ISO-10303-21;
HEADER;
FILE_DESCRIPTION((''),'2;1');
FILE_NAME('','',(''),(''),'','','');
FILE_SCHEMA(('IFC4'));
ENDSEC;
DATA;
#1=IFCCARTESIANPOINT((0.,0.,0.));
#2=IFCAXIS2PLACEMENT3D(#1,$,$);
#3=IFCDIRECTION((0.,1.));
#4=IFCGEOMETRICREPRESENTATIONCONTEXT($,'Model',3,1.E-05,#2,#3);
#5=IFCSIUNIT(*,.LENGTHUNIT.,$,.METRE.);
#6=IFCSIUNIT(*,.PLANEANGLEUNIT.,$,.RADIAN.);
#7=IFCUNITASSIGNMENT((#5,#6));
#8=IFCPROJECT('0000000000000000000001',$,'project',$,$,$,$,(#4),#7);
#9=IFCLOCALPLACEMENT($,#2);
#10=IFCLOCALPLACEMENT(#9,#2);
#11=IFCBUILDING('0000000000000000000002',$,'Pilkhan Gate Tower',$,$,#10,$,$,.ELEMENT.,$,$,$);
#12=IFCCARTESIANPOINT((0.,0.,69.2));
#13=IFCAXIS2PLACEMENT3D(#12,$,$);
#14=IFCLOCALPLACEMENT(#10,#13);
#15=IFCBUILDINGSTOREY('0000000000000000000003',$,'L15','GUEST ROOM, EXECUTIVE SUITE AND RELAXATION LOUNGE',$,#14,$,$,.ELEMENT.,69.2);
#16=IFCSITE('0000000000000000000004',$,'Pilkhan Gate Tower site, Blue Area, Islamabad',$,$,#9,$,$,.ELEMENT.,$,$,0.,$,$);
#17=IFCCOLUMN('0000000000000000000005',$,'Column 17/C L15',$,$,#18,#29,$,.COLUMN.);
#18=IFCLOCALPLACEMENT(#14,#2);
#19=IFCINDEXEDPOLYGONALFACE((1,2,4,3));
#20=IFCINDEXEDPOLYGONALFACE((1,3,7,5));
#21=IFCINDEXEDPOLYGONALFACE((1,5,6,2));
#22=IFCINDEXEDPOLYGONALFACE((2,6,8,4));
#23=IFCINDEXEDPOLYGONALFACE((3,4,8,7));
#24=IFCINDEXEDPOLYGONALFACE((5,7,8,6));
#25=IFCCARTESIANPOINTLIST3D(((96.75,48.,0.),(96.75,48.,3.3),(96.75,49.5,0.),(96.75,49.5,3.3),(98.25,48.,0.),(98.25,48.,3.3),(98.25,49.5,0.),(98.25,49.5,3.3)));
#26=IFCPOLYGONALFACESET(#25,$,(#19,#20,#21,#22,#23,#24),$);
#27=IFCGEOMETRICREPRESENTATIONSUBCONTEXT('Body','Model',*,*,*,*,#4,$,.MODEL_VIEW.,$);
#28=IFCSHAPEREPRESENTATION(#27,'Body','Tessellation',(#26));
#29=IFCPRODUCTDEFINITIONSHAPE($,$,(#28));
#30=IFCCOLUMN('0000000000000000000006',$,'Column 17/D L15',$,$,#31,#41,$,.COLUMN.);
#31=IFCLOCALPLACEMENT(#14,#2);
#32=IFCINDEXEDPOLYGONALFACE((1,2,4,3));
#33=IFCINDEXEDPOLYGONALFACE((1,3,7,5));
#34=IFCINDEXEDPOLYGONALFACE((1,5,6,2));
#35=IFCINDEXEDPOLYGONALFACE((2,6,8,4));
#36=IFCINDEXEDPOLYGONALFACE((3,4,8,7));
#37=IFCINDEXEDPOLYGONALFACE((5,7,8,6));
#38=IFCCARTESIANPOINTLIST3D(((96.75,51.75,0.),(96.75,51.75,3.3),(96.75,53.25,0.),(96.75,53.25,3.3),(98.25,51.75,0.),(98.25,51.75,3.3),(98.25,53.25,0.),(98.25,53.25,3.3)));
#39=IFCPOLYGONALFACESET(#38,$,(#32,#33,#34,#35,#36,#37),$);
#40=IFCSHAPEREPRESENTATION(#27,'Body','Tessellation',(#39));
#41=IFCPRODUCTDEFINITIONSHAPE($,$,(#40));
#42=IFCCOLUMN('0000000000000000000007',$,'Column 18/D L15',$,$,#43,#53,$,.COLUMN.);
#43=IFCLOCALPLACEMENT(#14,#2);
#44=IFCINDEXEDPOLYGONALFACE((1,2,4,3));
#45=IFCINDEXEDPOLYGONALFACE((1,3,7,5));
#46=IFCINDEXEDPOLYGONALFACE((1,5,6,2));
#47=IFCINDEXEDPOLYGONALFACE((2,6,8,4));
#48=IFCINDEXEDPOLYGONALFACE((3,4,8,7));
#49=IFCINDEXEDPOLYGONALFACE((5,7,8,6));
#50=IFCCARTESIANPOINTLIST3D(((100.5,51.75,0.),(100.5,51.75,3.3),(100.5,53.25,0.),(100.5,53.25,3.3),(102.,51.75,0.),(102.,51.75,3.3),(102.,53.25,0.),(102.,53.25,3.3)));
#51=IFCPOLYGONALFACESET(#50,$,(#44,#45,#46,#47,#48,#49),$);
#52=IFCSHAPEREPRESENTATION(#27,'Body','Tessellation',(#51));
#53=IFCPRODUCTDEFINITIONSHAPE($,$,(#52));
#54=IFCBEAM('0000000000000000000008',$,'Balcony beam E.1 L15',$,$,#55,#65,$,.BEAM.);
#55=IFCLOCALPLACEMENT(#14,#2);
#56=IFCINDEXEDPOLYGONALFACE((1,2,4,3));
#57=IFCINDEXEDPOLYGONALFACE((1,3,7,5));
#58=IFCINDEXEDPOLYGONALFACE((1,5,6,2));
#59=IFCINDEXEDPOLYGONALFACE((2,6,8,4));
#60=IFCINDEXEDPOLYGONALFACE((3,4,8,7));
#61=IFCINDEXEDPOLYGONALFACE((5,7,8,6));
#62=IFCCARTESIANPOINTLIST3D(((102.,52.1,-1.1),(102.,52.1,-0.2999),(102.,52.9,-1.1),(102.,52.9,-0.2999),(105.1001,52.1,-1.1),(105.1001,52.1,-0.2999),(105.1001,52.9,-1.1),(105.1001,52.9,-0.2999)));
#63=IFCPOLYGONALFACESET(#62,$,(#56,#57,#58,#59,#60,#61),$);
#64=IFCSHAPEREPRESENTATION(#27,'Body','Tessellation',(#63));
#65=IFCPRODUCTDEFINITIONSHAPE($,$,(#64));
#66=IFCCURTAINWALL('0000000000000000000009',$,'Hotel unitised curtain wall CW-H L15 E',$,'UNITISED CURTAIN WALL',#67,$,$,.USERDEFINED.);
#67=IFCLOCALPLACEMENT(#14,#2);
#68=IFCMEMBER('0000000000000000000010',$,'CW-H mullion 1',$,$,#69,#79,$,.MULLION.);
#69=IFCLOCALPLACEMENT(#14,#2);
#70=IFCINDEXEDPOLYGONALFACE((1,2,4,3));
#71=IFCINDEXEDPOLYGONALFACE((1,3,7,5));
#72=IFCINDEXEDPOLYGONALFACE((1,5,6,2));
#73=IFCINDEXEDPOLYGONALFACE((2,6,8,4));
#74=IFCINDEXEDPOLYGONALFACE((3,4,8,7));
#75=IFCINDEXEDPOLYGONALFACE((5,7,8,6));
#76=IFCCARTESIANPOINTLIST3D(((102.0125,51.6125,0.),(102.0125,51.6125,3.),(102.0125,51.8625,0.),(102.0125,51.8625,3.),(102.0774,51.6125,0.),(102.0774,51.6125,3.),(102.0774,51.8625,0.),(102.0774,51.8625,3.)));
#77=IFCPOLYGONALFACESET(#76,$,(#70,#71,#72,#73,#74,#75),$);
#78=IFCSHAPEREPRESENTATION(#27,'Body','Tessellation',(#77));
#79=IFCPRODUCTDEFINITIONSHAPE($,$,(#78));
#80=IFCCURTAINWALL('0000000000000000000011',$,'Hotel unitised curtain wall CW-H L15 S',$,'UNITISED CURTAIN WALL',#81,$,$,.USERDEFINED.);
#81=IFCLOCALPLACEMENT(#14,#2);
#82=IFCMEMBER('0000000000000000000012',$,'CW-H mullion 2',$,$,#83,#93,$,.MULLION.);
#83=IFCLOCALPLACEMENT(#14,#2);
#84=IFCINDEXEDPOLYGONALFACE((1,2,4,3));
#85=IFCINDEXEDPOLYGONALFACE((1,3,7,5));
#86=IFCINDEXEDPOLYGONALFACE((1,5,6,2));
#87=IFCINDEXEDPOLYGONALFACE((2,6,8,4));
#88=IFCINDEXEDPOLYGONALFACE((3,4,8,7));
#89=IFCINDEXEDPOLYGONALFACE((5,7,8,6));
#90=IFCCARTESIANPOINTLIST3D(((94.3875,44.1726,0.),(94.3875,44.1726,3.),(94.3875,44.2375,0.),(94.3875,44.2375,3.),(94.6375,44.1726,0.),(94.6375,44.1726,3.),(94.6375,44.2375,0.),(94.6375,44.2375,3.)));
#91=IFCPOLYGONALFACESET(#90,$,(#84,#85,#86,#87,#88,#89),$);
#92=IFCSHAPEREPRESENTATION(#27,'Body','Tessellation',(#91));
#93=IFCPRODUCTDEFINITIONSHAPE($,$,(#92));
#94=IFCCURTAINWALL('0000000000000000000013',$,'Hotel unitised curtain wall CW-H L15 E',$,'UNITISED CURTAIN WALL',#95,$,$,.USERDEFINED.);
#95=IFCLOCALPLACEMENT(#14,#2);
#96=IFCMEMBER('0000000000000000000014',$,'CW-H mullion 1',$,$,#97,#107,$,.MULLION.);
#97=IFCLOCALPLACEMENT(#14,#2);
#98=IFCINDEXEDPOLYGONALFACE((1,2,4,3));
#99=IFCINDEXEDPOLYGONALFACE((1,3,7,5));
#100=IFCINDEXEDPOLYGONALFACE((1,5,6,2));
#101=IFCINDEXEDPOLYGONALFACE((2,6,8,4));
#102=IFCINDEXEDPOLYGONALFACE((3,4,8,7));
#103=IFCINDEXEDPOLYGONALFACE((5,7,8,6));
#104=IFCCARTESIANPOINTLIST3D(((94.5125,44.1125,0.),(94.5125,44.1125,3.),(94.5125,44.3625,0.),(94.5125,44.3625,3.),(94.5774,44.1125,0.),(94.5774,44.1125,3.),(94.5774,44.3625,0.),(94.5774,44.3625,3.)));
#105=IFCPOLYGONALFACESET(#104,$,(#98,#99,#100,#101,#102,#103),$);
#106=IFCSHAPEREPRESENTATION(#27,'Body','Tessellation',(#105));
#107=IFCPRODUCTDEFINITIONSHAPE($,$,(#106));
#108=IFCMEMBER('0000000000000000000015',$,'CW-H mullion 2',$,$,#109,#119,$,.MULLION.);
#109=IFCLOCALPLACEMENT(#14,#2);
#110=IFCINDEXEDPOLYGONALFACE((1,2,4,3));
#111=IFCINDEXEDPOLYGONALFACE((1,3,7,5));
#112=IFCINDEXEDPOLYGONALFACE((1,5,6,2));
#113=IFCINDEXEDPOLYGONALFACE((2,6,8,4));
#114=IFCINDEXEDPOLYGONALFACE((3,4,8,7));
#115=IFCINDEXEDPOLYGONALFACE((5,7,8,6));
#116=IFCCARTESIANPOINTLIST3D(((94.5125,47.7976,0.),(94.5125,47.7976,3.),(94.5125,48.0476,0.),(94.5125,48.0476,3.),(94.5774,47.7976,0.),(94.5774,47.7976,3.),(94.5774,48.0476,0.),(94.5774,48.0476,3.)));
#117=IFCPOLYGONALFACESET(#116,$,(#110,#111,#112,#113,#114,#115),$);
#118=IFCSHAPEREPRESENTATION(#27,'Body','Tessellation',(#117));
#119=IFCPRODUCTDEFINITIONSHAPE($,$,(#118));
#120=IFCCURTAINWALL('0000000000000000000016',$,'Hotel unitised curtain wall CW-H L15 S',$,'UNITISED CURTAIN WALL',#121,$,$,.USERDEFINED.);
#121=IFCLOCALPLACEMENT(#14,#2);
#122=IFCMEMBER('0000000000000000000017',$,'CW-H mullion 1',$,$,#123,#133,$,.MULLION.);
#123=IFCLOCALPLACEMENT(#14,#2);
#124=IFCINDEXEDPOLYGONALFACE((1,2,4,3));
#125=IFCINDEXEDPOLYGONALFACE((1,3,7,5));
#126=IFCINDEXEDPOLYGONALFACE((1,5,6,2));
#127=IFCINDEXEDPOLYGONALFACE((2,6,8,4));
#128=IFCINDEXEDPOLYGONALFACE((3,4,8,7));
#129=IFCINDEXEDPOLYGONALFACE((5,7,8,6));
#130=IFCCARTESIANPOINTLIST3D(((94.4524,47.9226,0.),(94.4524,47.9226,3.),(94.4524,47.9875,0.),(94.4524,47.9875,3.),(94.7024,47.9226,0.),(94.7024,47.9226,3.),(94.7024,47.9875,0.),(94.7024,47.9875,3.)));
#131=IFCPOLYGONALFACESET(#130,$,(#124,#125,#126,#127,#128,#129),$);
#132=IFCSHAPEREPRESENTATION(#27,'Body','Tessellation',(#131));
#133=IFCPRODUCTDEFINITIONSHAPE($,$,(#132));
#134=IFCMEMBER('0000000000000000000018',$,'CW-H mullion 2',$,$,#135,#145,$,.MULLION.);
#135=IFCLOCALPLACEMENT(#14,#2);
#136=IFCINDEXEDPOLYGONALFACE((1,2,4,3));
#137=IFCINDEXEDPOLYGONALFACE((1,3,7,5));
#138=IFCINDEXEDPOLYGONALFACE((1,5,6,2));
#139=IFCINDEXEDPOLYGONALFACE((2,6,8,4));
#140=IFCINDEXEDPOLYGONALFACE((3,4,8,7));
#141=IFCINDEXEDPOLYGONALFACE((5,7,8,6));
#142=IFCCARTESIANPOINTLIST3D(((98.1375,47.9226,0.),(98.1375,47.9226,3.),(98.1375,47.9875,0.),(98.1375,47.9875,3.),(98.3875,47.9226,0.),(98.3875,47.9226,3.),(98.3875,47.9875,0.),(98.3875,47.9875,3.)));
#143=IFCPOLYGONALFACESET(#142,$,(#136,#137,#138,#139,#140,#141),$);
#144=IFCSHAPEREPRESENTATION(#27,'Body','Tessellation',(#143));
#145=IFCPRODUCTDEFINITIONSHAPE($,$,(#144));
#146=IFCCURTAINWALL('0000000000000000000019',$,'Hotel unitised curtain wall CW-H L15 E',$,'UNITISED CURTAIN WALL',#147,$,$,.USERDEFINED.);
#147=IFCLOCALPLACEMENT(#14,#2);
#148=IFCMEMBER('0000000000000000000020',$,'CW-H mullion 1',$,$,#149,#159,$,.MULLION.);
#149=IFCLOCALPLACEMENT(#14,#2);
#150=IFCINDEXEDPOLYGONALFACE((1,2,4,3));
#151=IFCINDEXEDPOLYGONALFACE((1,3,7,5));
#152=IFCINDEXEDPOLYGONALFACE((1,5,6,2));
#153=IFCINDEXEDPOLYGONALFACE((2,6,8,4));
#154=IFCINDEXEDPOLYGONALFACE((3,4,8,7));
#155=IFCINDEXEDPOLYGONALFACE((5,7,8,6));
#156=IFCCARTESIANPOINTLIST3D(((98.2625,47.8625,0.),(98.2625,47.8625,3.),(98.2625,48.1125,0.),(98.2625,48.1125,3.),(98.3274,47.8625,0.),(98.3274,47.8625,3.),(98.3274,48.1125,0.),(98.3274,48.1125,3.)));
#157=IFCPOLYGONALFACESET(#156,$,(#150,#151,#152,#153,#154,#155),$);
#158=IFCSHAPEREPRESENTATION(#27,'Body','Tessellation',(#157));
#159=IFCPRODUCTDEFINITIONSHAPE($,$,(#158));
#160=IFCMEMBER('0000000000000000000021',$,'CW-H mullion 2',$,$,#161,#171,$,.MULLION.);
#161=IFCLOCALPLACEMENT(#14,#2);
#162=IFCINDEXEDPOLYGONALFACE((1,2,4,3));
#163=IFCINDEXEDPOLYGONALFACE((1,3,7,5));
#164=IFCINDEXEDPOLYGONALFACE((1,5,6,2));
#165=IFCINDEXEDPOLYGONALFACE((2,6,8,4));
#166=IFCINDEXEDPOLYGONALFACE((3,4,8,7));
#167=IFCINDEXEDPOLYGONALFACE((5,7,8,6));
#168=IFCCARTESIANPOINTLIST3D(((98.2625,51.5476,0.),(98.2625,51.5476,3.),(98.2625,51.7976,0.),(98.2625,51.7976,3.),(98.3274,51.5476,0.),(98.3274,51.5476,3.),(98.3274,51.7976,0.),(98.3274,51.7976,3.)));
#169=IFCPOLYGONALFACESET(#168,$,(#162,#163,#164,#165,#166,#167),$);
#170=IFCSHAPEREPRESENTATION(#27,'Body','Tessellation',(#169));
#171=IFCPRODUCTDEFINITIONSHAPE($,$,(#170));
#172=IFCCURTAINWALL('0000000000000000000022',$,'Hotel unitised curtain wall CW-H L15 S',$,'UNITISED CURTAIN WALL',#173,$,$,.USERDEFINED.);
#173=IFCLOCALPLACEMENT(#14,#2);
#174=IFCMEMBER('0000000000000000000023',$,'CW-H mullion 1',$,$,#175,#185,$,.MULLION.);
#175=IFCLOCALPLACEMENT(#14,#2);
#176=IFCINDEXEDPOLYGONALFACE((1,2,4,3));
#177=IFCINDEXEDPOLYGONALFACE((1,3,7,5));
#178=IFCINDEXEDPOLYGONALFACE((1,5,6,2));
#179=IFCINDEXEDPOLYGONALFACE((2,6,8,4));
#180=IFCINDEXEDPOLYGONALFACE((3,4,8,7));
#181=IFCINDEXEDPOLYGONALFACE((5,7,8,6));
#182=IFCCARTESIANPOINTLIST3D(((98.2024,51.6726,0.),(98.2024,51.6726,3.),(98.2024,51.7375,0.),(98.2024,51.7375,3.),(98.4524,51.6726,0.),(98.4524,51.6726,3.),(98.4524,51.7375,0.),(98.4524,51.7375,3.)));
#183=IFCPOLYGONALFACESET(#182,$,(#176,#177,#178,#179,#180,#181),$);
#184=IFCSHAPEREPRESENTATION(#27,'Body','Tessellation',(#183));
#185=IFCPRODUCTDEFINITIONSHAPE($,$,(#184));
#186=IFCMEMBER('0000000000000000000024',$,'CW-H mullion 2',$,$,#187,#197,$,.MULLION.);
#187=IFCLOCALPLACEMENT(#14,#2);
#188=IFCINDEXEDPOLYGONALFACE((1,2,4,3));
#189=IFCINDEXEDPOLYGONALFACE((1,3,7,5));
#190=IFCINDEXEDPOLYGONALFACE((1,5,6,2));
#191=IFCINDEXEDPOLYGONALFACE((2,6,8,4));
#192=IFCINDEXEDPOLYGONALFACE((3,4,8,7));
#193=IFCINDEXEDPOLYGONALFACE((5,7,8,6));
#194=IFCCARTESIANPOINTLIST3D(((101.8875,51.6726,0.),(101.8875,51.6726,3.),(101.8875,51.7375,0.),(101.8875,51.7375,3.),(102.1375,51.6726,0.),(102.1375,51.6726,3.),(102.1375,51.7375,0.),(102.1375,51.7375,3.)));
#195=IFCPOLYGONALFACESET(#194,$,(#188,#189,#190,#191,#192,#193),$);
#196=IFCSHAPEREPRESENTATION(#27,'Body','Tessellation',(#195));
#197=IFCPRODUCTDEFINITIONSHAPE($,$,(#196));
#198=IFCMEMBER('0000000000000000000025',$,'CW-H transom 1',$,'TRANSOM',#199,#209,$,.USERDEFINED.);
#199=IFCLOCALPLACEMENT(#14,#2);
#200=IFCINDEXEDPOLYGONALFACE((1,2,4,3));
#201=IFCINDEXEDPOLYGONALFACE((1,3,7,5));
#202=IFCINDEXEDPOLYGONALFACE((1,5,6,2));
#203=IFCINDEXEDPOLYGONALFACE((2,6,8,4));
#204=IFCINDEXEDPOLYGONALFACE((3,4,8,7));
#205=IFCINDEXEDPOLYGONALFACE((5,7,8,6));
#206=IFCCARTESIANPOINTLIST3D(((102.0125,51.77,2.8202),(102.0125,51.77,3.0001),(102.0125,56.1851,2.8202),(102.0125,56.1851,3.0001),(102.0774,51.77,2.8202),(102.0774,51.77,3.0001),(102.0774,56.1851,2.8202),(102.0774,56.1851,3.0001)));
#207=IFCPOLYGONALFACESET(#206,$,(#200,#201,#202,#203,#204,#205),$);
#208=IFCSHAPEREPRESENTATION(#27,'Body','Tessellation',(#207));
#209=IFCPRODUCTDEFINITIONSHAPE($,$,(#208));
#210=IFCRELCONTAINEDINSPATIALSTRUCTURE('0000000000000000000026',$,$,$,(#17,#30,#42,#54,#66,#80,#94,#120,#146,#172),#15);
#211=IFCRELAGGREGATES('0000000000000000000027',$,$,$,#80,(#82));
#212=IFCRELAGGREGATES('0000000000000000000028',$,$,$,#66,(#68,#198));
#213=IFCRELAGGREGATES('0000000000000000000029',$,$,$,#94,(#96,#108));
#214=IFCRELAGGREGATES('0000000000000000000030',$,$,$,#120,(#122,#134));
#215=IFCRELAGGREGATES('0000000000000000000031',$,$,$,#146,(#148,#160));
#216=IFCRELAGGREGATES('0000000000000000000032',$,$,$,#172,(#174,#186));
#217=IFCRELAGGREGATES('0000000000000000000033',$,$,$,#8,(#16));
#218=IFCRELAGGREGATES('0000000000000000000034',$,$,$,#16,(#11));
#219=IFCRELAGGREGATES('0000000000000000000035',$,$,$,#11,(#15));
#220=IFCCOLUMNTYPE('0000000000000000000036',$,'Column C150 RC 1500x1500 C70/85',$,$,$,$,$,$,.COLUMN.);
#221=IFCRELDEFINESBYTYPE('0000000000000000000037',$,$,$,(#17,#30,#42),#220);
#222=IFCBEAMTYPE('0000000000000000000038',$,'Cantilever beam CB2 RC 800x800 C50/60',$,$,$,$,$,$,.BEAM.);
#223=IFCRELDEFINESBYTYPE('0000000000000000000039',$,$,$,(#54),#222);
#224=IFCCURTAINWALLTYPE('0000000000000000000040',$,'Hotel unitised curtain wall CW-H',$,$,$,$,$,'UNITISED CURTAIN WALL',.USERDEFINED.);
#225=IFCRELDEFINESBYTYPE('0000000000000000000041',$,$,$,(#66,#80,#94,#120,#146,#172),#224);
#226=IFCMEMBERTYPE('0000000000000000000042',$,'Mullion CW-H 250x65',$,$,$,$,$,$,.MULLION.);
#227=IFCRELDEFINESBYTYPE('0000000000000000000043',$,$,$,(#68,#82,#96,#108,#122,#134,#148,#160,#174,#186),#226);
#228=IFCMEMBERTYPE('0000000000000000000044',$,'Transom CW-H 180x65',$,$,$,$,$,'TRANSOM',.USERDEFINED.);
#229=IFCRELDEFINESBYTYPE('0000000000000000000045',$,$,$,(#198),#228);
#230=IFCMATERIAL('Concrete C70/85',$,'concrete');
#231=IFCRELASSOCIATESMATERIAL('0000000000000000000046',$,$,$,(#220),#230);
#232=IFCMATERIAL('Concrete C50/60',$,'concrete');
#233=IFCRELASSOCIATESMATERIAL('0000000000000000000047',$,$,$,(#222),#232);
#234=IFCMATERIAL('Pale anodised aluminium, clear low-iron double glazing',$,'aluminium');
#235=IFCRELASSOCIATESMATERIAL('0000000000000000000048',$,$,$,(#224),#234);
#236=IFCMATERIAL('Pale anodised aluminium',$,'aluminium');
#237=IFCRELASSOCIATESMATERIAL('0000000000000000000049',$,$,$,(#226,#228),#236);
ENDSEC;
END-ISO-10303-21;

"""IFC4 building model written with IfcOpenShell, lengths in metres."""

from ifc_helpers import new_model, si_unit, direction, frame, origin, origin_2d, place, context, subcontext, project, spatial, rectangle, extrude, material, material_profile, profile_set, type_object, element, aggregate, save


model = new_model("IFC4")

# Units and contexts
model_context = context("Model", 3, precision=1e-05, world=origin(), true_north=direction((0.0, 1.0)))
body_context = subcontext(model_context, "Body", "Model", "MODEL_VIEW")
ifc_project = project(units=[si_unit("LENGTHUNIT", "METRE"), si_unit("PLANEANGLEUNIT", "RADIAN")], contexts=[model_context])

# Site, building, storey
site_placement = place(None, origin())
site = spatial("IfcSite", under=ifc_project, at=site_placement, Name="Pilkhan Gate Tower site, Blue Area, Islamabad", CompositionType="ELEMENT", RefElevation=0.0)
building_placement = place(site_placement, origin())
building = spatial("IfcBuilding", under=site, at=building_placement, Name="Pilkhan Gate Tower", CompositionType="ELEMENT")
storey_placement = place(building_placement, frame((0.0, 0.0, 69.2)))
storey = spatial("IfcBuildingStorey", under=building, at=storey_placement, Name="L15", Description="GUEST ROOM, EXECUTIVE SUITE AND RELAXATION LOUNGE", CompositionType="ELEMENT", Elevation=69.2)

# Columns
ifc_material_1 = material(Name="Concrete C70/85", Category="concrete")
ifc_material_profile_1 = material_profile(ifc_material_1, rectangle(XDim=1.5, YDim=1.5, at=origin_2d()), Name="RC 1500x1500")
ifc_profile_set_1 = profile_set([ifc_material_profile_1], Name="Concrete C70/85")
column_type = type_object("IfcColumnType", Name="Column C150 RC 1500x1500 C70/85", PredefinedType="COLUMN", material=ifc_profile_set_1)
for number, where, z_axis, x_axis, name in (
    (1, (97.5, 48.75, 0.0), (0.0, 0.0, 1.0), (1.0, 0.0, 0.0), "Column 17/C L15"),
    (2, (97.5, 52.5, 0.0), (0.0, 0.0, 1.0), (1.0, 0.0, 0.0), "Column 17/D L15"),
    (3, (101.25, 52.5, 0.0), (0.0, 0.0, 1.0), (1.0, 0.0, 0.0), "Column 18/D L15"),
):
    element("IfcColumn", number, at=place(storey_placement, frame(where, z_axis=z_axis, x_axis=x_axis)), inside=storey, type_object=column_type, Name=name, PredefinedType="COLUMN", context=body_context, shape_type="SweptSolid", body=[
        extrude(rectangle(XDim=1.5, YDim=1.5, at=origin_2d()), origin(), (0.0, 0.0, 1.0), 3.3),
    ])

# Beam
ifc_material_2 = material(Name="Concrete C50/60", Category="concrete")
ifc_material_profile_2 = material_profile(ifc_material_2, rectangle(XDim=0.8, YDim=0.8, at=origin_2d()), Name="RC 800x800")
ifc_profile_set_2 = profile_set([ifc_material_profile_2], Name="Concrete C50/60")
beam_type = type_object("IfcBeamType", Name="Cantilever beam CB2 RC 800x800 C50/60", PredefinedType="BEAM", material=ifc_profile_set_2)
beam_placement = place(storey_placement, frame((102.0, 52.5, -0.7), z_axis=(1.0, 0.0, 0.0), x_axis=(0.0, 1.0, 0.0)))
element("IfcBeam", 4, at=beam_placement, inside=storey, type_object=beam_type, Name="Balcony beam E.1 L15", PredefinedType="BEAM", context=body_context, shape_type="SweptSolid", body=[
    extrude(rectangle(XDim=0.8, YDim=0.8, at=origin_2d()), origin(), (0.0, 0.0, 1.0), 3.1001),
])

# Curtain walls, members
ifc_material_3 = material(Name="Pale anodised aluminium, clear low-iron double glazing", Category="aluminium")
curtain_wall_type = type_object("IfcCurtainWallType", Name="Hotel unitised curtain wall CW-H", ElementType="UNITISED CURTAIN WALL", PredefinedType="USERDEFINED", material=ifc_material_3)
curtain_wall_1_placement = place(storey_placement, origin())
curtain_wall_1 = element("IfcCurtainWall", 5, at=curtain_wall_1_placement, inside=storey, type_object=curtain_wall_type, Name="Hotel unitised curtain wall CW-H L15 E", ObjectType="UNITISED CURTAIN WALL", PredefinedType="USERDEFINED")
ifc_material_4 = material(Name="Pale anodised aluminium", Category="aluminium")
ifc_material_profile_3 = material_profile(ifc_material_4, rectangle(XDim=0.0649, YDim=0.25, at=origin_2d()), Name="Mullion 250x65")
ifc_profile_set_3 = profile_set([ifc_material_profile_3], Name="Pale anodised aluminium")
member_type_1 = type_object("IfcMemberType", Name="Mullion CW-H 250x65", PredefinedType="MULLION", material=ifc_profile_set_3)
member_1_placement = place(storey_placement, frame((102.0449, 51.7375, 0.0), z_axis=(0.0, 0.0, 1.0), x_axis=(-1.0, 0.0, 0.0)))
member_1 = element("IfcMember", 6, at=member_1_placement, type_object=member_type_1, Name="CW-H mullion 1", PredefinedType="MULLION", context=body_context, shape_type="SweptSolid", body=[
    extrude(rectangle(XDim=0.0649, YDim=0.25, at=origin_2d()), origin(), (0.0, 0.0, 1.0), 3.0),
])
curtain_wall_2_placement = place(storey_placement, origin())
curtain_wall_2 = element("IfcCurtainWall", 7, at=curtain_wall_2_placement, inside=storey, type_object=curtain_wall_type, Name="Hotel unitised curtain wall CW-H L15 S", ObjectType="UNITISED CURTAIN WALL", PredefinedType="USERDEFINED")
member_2_placement = place(storey_placement, frame((94.5125, 44.2051, 0.0), z_axis=(0.0, 0.0, 1.0), x_axis=(0.0, 1.0, 0.0)))
member_2 = element("IfcMember", 8, at=member_2_placement, type_object=member_type_1, Name="CW-H mullion 2", PredefinedType="MULLION", context=body_context, shape_type="SweptSolid", body=[
    extrude(rectangle(XDim=0.0649, YDim=0.25, at=origin_2d()), origin(), (0.0, 0.0, 1.0), 3.0),
])
aggregate(curtain_wall_2, [member_2])

# Curtain walls, members
curtain_wall_3_placement = place(storey_placement, origin())
curtain_wall_3 = element("IfcCurtainWall", 9, at=curtain_wall_3_placement, inside=storey, type_object=curtain_wall_type, Name="Hotel unitised curtain wall CW-H L15 E", ObjectType="UNITISED CURTAIN WALL", PredefinedType="USERDEFINED")
member_3_placement = place(storey_placement, frame((94.5449, 44.2375, 0.0), z_axis=(0.0, 0.0, 1.0), x_axis=(-1.0, 0.0, 0.0)))
member_3 = element("IfcMember", 10, at=member_3_placement, type_object=member_type_1, Name="CW-H mullion 1", PredefinedType="MULLION", context=body_context, shape_type="SweptSolid", body=[
    extrude(rectangle(XDim=0.0649, YDim=0.25, at=origin_2d()), origin(), (0.0, 0.0, 1.0), 3.0),
])
member_4_placement = place(storey_placement, frame((94.5449, 47.9226, 0.0), z_axis=(0.0, 0.0, 1.0), x_axis=(-1.0, 0.0, 0.0)))
member_4 = element("IfcMember", 11, at=member_4_placement, type_object=member_type_1, Name="CW-H mullion 2", PredefinedType="MULLION", context=body_context, shape_type="SweptSolid", body=[
    extrude(rectangle(XDim=0.0649, YDim=0.25, at=origin_2d()), origin(), (0.0, 0.0, 1.0), 3.0),
])
curtain_wall_4_placement = place(storey_placement, origin())
curtain_wall_4 = element("IfcCurtainWall", 12, at=curtain_wall_4_placement, inside=storey, type_object=curtain_wall_type, Name="Hotel unitised curtain wall CW-H L15 S", ObjectType="UNITISED CURTAIN WALL", PredefinedType="USERDEFINED")
member_5_placement = place(storey_placement, frame((94.5774, 47.9551, 0.0), z_axis=(0.0, 0.0, 1.0), x_axis=(0.0, 1.0, 0.0)))
member_5 = element("IfcMember", 13, at=member_5_placement, type_object=member_type_1, Name="CW-H mullion 1", PredefinedType="MULLION", context=body_context, shape_type="SweptSolid", body=[
    extrude(rectangle(XDim=0.0649, YDim=0.25, at=origin_2d()), origin(), (0.0, 0.0, 1.0), 3.0),
])
member_6_placement = place(storey_placement, frame((98.2625, 47.9551, 0.0), z_axis=(0.0, 0.0, 1.0), x_axis=(0.0, 1.0, 0.0)))
member_6 = element("IfcMember", 14, at=member_6_placement, type_object=member_type_1, Name="CW-H mullion 2", PredefinedType="MULLION", context=body_context, shape_type="SweptSolid", body=[
    extrude(rectangle(XDim=0.0649, YDim=0.25, at=origin_2d()), origin(), (0.0, 0.0, 1.0), 3.0),
])
curtain_wall_5_placement = place(storey_placement, origin())
curtain_wall_5 = element("IfcCurtainWall", 15, at=curtain_wall_5_placement, inside=storey, type_object=curtain_wall_type, Name="Hotel unitised curtain wall CW-H L15 E", ObjectType="UNITISED CURTAIN WALL", PredefinedType="USERDEFINED")
member_7_placement = place(storey_placement, frame((98.2949, 47.9875, 0.0), z_axis=(0.0, 0.0, 1.0), x_axis=(-1.0, 0.0, 0.0)))
member_7 = element("IfcMember", 16, at=member_7_placement, type_object=member_type_1, Name="CW-H mullion 1", PredefinedType="MULLION", context=body_context, shape_type="SweptSolid", body=[
    extrude(rectangle(XDim=0.0649, YDim=0.25, at=origin_2d()), origin(), (0.0, 0.0, 1.0), 3.0),
])
member_8_placement = place(storey_placement, frame((98.2949, 51.6726, 0.0), z_axis=(0.0, 0.0, 1.0), x_axis=(-1.0, 0.0, 0.0)))
member_8 = element("IfcMember", 17, at=member_8_placement, type_object=member_type_1, Name="CW-H mullion 2", PredefinedType="MULLION", context=body_context, shape_type="SweptSolid", body=[
    extrude(rectangle(XDim=0.0649, YDim=0.25, at=origin_2d()), origin(), (0.0, 0.0, 1.0), 3.0),
])
curtain_wall_6_placement = place(storey_placement, origin())
curtain_wall_6 = element("IfcCurtainWall", 18, at=curtain_wall_6_placement, inside=storey, type_object=curtain_wall_type, Name="Hotel unitised curtain wall CW-H L15 S", ObjectType="UNITISED CURTAIN WALL", PredefinedType="USERDEFINED")
member_9_placement = place(storey_placement, frame((98.3274, 51.7051, 0.0), z_axis=(0.0, 0.0, 1.0), x_axis=(0.0, 1.0, 0.0)))
member_9 = element("IfcMember", 19, at=member_9_placement, type_object=member_type_1, Name="CW-H mullion 1", PredefinedType="MULLION", context=body_context, shape_type="SweptSolid", body=[
    extrude(rectangle(XDim=0.0649, YDim=0.25, at=origin_2d()), origin(), (0.0, 0.0, 1.0), 3.0),
])
member_10_placement = place(storey_placement, frame((102.0125, 51.7051, 0.0), z_axis=(0.0, 0.0, 1.0), x_axis=(0.0, 1.0, 0.0)))
member_10 = element("IfcMember", 20, at=member_10_placement, type_object=member_type_1, Name="CW-H mullion 2", PredefinedType="MULLION", context=body_context, shape_type="SweptSolid", body=[
    extrude(rectangle(XDim=0.0649, YDim=0.25, at=origin_2d()), origin(), (0.0, 0.0, 1.0), 3.0),
])

# Member
ifc_material_profile_4 = material_profile(ifc_material_4, rectangle(XDim=0.0649, YDim=0.1799, at=origin_2d()), Name="Transom 180x65")
ifc_profile_set_4 = profile_set([ifc_material_profile_4], Name="Pale anodised aluminium")
member_type_2 = type_object("IfcMemberType", Name="Transom CW-H 180x65", ElementType="TRANSOM", PredefinedType="USERDEFINED", material=ifc_profile_set_4)
member_11_placement = place(storey_placement, frame((102.0449, 51.77, 2.9102), z_axis=(0.0, 1.0, 0.0), x_axis=(-1.0, 0.0, 0.0)))
member_11 = element("IfcMember", 21, at=member_11_placement, type_object=member_type_2, Name="CW-H transom 1", ObjectType="TRANSOM", PredefinedType="USERDEFINED", context=body_context, shape_type="SweptSolid", body=[
    extrude(rectangle(XDim=0.0649, YDim=0.1799, at=origin_2d()), origin(), (0.0, 0.0, 1.0), 4.415),
])
aggregate(curtain_wall_1, [member_1, member_11])

aggregate(curtain_wall_3, [member_3, member_4])
aggregate(curtain_wall_4, [member_5, member_6])
aggregate(curtain_wall_5, [member_7, member_8])
aggregate(curtain_wall_6, [member_9, member_10])

save(model, "model.ifc")
